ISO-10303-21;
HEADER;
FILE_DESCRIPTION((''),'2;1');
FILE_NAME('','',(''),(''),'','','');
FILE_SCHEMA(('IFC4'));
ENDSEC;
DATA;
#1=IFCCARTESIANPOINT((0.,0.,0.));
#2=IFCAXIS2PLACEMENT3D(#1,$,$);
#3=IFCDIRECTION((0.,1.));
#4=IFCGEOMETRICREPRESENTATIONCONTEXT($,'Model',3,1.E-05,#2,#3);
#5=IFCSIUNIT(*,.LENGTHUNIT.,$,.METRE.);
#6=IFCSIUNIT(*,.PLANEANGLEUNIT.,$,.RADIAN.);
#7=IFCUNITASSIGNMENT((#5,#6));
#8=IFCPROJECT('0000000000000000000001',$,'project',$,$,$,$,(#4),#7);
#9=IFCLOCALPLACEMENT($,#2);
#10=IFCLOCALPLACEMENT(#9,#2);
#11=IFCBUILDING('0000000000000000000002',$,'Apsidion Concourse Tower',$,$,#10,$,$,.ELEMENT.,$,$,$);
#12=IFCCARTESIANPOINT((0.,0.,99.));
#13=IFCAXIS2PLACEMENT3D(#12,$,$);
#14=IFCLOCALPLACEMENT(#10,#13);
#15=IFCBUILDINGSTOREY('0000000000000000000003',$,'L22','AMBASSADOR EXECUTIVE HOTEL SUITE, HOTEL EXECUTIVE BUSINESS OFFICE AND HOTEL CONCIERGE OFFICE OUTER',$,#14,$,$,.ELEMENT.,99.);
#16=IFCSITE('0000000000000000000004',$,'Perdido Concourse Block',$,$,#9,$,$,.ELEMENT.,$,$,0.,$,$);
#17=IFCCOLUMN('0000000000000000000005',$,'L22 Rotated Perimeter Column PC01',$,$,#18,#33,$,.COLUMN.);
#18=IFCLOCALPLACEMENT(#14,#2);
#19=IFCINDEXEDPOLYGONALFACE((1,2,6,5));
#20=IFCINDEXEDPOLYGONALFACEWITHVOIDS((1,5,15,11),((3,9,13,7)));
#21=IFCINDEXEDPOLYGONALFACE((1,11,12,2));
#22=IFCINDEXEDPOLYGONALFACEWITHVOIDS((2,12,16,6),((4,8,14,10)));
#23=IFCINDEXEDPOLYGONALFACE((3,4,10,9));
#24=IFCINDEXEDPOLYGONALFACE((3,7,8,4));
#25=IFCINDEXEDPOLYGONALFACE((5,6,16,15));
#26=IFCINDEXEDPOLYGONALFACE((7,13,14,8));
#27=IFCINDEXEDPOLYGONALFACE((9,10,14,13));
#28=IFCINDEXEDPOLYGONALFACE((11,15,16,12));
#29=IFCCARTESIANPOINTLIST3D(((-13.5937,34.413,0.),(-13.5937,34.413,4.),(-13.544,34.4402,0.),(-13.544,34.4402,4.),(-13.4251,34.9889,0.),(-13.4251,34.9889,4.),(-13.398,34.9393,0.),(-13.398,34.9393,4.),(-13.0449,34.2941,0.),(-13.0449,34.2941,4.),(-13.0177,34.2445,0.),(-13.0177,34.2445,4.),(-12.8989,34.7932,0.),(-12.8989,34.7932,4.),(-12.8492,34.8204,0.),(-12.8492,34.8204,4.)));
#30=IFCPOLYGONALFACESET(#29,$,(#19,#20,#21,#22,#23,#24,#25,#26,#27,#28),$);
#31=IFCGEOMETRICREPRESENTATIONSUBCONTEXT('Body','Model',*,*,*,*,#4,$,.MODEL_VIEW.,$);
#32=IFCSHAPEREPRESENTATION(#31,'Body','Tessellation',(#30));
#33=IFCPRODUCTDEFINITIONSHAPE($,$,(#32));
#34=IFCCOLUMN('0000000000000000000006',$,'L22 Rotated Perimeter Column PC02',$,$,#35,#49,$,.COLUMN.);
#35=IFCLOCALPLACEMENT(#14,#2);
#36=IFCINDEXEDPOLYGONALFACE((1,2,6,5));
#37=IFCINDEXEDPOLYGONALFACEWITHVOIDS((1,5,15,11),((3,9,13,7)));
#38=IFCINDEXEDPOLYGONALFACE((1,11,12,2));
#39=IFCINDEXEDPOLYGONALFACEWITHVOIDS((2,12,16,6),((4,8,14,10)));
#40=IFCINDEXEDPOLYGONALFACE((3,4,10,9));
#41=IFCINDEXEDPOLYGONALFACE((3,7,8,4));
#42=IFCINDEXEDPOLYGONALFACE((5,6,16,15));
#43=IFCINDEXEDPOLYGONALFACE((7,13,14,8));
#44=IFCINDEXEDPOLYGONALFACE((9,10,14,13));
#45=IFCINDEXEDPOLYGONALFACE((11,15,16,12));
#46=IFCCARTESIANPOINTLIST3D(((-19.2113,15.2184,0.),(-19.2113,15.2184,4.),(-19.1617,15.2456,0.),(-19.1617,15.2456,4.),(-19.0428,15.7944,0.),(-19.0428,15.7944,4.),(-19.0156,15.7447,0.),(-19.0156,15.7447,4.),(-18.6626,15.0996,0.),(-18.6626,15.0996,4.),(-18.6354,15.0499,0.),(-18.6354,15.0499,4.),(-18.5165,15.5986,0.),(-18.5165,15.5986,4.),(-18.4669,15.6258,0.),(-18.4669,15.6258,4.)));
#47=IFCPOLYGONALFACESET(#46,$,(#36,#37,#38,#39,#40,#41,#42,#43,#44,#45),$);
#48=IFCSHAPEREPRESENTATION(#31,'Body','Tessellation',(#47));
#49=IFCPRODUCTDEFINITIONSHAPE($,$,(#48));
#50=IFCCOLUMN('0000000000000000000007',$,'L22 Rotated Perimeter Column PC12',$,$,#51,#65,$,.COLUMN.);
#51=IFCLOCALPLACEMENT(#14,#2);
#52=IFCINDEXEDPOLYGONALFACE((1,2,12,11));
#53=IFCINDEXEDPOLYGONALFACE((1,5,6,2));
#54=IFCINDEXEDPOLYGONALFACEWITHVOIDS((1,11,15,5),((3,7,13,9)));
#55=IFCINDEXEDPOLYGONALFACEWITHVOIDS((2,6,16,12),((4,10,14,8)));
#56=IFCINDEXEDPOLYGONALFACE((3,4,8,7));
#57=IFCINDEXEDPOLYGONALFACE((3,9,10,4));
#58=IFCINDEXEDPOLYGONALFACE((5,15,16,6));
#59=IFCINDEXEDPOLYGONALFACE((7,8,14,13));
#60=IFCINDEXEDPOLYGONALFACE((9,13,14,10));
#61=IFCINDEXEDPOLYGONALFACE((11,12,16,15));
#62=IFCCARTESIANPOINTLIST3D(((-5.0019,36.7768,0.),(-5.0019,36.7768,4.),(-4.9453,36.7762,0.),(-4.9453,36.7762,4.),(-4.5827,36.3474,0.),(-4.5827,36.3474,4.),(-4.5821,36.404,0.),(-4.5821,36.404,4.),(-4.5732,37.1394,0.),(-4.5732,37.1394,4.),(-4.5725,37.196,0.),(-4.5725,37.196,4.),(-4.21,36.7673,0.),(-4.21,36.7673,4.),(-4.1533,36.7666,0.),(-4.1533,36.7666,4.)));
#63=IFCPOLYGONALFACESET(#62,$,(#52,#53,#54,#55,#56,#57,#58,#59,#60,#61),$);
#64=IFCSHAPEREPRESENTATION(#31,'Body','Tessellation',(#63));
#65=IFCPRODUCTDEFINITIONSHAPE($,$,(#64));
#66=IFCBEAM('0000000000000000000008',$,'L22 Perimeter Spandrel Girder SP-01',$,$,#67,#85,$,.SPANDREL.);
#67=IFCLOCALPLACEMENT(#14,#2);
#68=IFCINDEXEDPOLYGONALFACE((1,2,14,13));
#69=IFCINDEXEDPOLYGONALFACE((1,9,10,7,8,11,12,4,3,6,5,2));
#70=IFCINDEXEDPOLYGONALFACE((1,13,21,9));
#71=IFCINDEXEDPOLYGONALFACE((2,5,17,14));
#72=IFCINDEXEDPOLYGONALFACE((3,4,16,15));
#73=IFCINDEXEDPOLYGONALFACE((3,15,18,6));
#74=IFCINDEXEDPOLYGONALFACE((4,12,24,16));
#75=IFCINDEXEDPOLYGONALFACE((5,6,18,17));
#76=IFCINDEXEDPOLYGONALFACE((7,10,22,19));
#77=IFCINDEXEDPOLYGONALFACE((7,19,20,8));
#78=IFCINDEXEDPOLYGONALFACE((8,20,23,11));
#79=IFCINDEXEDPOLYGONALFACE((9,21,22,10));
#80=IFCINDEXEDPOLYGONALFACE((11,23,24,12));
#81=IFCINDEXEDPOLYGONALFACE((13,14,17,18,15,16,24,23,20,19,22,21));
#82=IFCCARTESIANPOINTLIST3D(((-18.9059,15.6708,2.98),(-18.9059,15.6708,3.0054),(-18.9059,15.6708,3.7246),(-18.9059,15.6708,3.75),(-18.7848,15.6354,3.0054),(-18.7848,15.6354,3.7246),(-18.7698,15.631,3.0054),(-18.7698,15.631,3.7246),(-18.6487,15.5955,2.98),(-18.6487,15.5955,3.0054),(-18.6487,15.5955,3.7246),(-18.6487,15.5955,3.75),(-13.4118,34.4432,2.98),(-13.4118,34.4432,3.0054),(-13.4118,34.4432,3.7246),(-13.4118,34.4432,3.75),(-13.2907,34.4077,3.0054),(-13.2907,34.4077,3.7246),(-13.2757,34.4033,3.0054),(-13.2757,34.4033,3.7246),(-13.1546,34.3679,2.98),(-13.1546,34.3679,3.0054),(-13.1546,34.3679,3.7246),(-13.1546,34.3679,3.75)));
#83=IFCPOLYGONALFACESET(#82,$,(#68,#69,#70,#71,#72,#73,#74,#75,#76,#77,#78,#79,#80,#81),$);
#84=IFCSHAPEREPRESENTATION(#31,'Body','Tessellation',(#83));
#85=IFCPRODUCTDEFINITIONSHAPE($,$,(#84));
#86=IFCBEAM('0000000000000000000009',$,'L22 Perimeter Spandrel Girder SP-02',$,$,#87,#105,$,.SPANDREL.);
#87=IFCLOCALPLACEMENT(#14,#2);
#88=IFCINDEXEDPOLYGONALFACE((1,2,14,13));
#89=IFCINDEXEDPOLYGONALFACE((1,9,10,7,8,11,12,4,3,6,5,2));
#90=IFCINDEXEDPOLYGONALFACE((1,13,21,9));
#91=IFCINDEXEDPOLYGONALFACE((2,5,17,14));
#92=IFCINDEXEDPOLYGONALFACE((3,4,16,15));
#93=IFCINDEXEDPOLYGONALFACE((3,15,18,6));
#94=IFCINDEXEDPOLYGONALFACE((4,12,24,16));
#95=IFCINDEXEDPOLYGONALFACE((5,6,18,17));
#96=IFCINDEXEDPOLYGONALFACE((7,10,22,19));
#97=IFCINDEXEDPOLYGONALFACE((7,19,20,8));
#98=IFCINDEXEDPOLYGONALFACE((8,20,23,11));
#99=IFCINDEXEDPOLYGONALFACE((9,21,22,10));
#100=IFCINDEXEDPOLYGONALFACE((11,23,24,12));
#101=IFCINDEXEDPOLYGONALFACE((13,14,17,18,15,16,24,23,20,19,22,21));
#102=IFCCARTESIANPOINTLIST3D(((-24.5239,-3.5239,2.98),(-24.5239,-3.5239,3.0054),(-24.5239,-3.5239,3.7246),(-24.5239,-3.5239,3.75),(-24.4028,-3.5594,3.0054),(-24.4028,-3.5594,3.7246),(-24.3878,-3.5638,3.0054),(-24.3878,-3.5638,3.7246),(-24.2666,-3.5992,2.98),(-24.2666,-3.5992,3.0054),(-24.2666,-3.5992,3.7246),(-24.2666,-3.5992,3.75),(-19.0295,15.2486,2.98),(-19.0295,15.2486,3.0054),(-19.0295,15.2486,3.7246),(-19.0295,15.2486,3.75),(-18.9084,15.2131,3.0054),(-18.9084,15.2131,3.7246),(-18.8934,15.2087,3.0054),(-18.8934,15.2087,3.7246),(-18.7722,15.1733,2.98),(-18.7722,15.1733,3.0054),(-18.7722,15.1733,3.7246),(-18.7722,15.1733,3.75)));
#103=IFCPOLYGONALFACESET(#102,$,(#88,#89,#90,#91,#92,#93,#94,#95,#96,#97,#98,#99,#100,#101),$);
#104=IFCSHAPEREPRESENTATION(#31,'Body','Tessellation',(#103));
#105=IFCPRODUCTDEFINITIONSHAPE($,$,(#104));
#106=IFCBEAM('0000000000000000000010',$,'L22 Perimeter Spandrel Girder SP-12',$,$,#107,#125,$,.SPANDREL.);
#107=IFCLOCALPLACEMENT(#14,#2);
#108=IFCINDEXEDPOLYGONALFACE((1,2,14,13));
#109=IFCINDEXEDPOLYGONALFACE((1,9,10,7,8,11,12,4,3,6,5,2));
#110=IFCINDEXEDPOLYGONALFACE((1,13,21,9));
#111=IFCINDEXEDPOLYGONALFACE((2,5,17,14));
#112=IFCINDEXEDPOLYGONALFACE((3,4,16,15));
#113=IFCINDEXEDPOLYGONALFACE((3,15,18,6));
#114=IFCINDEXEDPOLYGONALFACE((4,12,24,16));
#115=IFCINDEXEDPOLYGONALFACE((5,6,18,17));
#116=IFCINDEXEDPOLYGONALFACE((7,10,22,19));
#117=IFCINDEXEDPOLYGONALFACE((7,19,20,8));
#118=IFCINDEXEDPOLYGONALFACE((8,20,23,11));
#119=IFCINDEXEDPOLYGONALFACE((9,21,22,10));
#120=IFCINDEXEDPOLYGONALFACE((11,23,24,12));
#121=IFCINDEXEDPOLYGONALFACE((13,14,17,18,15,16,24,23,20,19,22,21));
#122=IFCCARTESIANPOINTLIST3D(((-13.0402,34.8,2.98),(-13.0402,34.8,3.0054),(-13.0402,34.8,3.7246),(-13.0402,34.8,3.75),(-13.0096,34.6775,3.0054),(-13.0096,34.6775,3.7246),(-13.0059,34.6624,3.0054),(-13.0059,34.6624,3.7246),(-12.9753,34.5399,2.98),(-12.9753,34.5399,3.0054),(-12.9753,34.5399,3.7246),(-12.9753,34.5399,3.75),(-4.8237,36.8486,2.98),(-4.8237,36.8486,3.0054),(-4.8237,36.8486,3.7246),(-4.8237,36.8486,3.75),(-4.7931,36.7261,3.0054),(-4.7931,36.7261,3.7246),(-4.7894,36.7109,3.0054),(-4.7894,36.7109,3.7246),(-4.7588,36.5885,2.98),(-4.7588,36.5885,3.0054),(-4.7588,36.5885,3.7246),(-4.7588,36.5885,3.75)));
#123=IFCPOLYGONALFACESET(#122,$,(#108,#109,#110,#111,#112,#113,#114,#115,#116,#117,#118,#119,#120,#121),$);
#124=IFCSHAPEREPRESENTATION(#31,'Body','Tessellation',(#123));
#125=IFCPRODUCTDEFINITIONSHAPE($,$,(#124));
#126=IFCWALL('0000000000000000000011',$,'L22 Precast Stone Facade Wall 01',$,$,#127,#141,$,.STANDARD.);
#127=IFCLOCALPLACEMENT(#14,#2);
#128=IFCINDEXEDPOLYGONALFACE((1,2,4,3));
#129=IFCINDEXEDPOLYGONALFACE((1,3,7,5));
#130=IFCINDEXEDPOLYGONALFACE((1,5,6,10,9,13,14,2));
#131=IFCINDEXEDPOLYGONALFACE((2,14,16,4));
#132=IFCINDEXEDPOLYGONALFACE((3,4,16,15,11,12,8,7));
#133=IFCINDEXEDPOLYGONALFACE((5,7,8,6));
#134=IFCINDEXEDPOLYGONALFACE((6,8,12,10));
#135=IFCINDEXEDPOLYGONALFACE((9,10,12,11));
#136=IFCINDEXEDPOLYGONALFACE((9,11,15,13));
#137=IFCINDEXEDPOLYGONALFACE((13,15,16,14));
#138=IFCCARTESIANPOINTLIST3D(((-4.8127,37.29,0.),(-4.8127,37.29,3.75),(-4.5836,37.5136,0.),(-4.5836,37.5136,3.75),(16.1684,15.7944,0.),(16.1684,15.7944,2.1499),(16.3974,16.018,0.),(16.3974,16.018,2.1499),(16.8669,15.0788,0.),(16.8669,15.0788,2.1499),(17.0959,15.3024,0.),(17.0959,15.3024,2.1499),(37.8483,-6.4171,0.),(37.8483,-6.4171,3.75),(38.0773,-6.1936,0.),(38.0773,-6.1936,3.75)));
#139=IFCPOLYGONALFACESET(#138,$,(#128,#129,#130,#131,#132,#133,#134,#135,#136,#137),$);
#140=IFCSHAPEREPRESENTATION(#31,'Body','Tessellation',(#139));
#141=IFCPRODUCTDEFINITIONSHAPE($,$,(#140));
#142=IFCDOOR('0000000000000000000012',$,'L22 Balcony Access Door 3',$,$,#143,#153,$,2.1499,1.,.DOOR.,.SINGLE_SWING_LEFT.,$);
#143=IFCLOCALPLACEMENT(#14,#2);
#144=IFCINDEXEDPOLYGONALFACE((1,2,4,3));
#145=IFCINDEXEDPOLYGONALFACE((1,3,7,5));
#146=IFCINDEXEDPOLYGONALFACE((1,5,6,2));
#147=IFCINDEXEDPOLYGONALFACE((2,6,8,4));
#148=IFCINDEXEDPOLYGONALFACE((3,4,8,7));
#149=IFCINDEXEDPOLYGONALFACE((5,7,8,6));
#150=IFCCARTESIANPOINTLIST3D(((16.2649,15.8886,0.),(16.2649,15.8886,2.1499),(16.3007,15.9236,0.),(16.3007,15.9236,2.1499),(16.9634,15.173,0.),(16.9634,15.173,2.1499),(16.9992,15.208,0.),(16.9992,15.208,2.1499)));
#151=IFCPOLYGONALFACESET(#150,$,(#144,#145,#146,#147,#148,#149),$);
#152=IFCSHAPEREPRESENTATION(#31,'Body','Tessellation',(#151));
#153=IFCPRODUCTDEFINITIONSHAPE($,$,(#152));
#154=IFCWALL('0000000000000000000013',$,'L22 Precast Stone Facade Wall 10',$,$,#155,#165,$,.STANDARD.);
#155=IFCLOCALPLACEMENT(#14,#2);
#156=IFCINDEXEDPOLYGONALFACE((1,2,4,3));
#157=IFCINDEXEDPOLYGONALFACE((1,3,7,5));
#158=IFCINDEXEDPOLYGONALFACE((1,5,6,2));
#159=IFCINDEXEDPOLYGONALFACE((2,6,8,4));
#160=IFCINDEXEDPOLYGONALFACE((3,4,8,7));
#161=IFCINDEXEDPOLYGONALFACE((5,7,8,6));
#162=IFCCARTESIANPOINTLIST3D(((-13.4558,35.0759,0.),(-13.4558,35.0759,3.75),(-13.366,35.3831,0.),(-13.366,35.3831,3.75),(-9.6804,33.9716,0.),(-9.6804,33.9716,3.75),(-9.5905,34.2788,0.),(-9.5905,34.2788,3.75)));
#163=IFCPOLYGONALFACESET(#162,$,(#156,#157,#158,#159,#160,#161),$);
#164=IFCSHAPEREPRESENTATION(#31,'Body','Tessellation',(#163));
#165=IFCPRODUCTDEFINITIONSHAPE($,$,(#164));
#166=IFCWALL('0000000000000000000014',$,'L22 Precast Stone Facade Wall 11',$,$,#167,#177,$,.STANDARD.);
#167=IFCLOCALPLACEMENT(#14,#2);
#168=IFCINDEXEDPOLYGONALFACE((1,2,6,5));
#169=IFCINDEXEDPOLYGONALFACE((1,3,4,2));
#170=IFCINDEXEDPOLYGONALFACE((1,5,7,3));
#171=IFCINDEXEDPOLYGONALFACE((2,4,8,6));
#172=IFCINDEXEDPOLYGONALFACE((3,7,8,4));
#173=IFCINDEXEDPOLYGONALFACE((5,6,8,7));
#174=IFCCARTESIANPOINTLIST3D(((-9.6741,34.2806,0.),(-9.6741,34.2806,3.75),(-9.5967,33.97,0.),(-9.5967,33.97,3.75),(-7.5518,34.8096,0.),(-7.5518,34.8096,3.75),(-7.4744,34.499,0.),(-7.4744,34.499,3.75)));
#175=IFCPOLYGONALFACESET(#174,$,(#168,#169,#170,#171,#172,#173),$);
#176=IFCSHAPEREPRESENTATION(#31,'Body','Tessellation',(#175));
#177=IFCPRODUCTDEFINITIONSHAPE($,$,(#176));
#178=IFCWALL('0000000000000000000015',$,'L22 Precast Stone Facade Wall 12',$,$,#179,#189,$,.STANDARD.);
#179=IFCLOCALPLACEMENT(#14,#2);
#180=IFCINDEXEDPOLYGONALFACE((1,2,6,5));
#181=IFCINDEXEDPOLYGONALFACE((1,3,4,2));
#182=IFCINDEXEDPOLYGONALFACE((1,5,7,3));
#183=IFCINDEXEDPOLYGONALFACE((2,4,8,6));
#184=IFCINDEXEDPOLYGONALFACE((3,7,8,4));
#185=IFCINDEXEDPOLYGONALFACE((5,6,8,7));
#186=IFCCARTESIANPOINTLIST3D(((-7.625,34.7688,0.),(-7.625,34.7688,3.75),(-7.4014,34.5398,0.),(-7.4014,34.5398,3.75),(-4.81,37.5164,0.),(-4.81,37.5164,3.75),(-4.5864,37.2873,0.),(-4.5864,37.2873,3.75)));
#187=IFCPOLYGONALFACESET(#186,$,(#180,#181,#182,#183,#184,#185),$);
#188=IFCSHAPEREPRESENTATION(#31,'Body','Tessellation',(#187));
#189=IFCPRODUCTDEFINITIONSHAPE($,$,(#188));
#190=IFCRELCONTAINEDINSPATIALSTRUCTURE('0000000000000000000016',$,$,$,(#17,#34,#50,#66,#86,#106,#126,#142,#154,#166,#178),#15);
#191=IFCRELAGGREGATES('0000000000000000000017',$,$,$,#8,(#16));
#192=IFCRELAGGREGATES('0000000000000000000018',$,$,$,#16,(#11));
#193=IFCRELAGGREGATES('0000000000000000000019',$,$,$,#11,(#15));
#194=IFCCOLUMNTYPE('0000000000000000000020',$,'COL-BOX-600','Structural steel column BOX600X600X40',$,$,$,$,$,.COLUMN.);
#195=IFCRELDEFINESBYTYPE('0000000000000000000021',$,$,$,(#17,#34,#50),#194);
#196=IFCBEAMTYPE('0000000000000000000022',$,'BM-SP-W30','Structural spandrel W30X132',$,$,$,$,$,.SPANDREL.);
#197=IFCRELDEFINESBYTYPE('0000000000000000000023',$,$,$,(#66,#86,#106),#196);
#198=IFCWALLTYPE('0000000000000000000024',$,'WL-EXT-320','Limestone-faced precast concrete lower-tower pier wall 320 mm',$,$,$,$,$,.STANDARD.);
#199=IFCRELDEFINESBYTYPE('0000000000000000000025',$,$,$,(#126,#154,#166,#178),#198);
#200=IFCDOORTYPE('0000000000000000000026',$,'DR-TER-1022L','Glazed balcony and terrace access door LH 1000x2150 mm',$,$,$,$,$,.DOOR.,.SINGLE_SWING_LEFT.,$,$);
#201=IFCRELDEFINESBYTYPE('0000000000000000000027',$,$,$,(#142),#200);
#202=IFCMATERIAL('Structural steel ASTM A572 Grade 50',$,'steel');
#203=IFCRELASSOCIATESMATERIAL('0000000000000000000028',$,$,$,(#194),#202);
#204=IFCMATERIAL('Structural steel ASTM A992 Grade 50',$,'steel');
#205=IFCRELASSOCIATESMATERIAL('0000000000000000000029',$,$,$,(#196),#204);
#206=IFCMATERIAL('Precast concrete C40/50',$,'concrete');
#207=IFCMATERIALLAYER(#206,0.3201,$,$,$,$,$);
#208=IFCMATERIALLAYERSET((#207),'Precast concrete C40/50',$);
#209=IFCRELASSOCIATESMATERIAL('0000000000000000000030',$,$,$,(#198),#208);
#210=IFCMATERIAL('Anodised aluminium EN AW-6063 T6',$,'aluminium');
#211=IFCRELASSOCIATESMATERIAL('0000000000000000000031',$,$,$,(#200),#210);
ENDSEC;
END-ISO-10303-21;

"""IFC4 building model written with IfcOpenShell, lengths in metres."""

from ifc_helpers import new_model, si_unit, direction, frame, frame_2d, origin, origin_2d, place, context, subcontext, project, spatial, rectangle, hollow_rectangle, i_section, extrude, material, layer, layer_set, material_profile, profile_set, type_object, element, fill, save


model = new_model("IFC4")

# Units and contexts
model_context = context("Model", 3, precision=1e-05, world=origin(), true_north=direction((0.0, 1.0)))
body_context = subcontext(model_context, "Body", "Model", "MODEL_VIEW")
ifc_project = project(units=[si_unit("LENGTHUNIT", "METRE"), si_unit("PLANEANGLEUNIT", "RADIAN")], contexts=[model_context])

# Site, building, storey
site_placement = place(None, origin())
site = spatial("IfcSite", under=ifc_project, at=site_placement, Name="Perdido Concourse Block", CompositionType="ELEMENT", RefElevation=0.0)
building_placement = place(site_placement, origin())
building = spatial("IfcBuilding", under=site, at=building_placement, Name="Apsidion Concourse Tower", CompositionType="ELEMENT")
storey_placement = place(building_placement, frame((0.0, 0.0, 99.0)))
storey = spatial("IfcBuildingStorey", under=building, at=storey_placement, Name="L22", Description="AMBASSADOR EXECUTIVE HOTEL SUITE, HOTEL EXECUTIVE BUSINESS OFFICE AND HOTEL CONCIERGE OFFICE OUTER", CompositionType="ELEMENT", Elevation=99.0)

# Columns
ifc_material_1 = material(Name="Structural steel ASTM A572 Grade 50", Category="steel")
ifc_material_profile_1 = material_profile(ifc_material_1, hollow_rectangle(XDim=0.6001, YDim=0.6001, WallThickness=0.04, at=origin_2d()), Name="BOX600X600X40")
ifc_profile_set_1 = profile_set([ifc_material_profile_1], Name="Structural steel ASTM A572 Grade 50")
column_type = type_object("IfcColumnType", Name="COL-BOX-600", Description="Structural steel column BOX600X600X40", PredefinedType="COLUMN", material=ifc_profile_set_1)
for number, where, z_axis, x_axis, name in (
    (1, (-13.2214, 34.6167, 0.0), (0.0, 0.0, 1.0), (0.280834, 0.959756, 0.0), "L22 Rotated Perimeter Column PC01"),
    (2, (-18.8391, 15.4221, 0.0), (0.0, 0.0, 1.0), (0.280834, 0.959756, 0.0), "L22 Rotated Perimeter Column PC02"),
    (3, (-4.5776, 36.7717, 0.0), (0.0, 0.0, 1.0), (-0.69854, 0.715571, 0.0), "L22 Rotated Perimeter Column PC12"),
):
    element("IfcColumn", number, at=place(storey_placement, frame(where, z_axis=z_axis, x_axis=x_axis)), inside=storey, type_object=column_type, Name=name, PredefinedType="COLUMN", context=body_context, shape_type="SweptSolid", body=[
        extrude(hollow_rectangle(XDim=0.6001, YDim=0.6001, WallThickness=0.04, at=origin_2d()), origin(), (0.0, 0.0, 1.0), 4.0),
    ])

# Beams
ifc_material_2 = material(Name="Structural steel ASTM A992 Grade 50", Category="steel")
ifc_material_profile_2 = material_profile(ifc_material_2, i_section(OverallWidth=0.2681, OverallDepth=0.77, WebThickness=0.0156, FlangeThickness=0.0254, at=origin_2d()), Name="W30X132")
ifc_profile_set_2 = profile_set([ifc_material_profile_2], Name="Structural steel ASTM A992 Grade 50")
beam_type = type_object("IfcBeamType", Name="BM-SP-W30", Description="Structural spandrel W30X132", PredefinedType="SPANDREL", material=ifc_profile_set_2)
beam_1_placement = place(storey_placement, frame((-13.2832, 34.4055, 3.365), z_axis=(-0.280888, -0.959741, 0.0), x_axis=(0.959741, -0.280888, 0.0)))
element("IfcBeam", 4, at=beam_1_placement, inside=storey, type_object=beam_type, Name="L22 Perimeter Spandrel Girder SP-01", PredefinedType="SPANDREL", context=body_context, shape_type="SweptSolid", body=[
    extrude(i_section(OverallWidth=0.2681, OverallDepth=0.77, WebThickness=0.0156, FlangeThickness=0.0254, at=origin_2d()), origin(), (0.0, 0.0, 1.0), 19.5598),
])
beam_2_placement = place(storey_placement, frame((-18.9009, 15.2109, 3.365), z_axis=(-0.280899, -0.959737, 0.0), x_axis=(0.959737, -0.280899, 0.0)))
element("IfcBeam", 5, at=beam_2_placement, inside=storey, type_object=beam_type, Name="L22 Perimeter Spandrel Girder SP-02", PredefinedType="SPANDREL", context=body_context, shape_type="SweptSolid", body=[
    extrude(i_section(OverallWidth=0.2681, OverallDepth=0.77, WebThickness=0.0156, FlangeThickness=0.0254, at=origin_2d()), origin(), (0.0, 0.0, 1.0), 19.5601),
])
beam_3_placement = place(storey_placement, frame((-4.7913, 36.7185, 3.365), z_axis=(-0.970297, -0.241918, 0.0), x_axis=(0.241918, -0.970297, 0.0)))
element("IfcBeam", 6, at=beam_3_placement, inside=storey, type_object=beam_type, Name="L22 Perimeter Spandrel Girder SP-12", PredefinedType="SPANDREL", context=body_context, shape_type="SweptSolid", body=[
    extrude(i_section(OverallWidth=0.2681, OverallDepth=0.77, WebThickness=0.0156, FlangeThickness=0.0254, at=origin_2d()), origin(), (0.0, 0.0, 1.0), 8.468),
])

# Wall, opening, door
ifc_material_3 = material(Name="Precast concrete C40/50", Category="concrete")
ifc_layer_1 = layer(ifc_material_3, 0.3201)
ifc_layer_set_1 = layer_set([ifc_layer_1], Name="Precast concrete C40/50")
wall_type_1 = type_object("IfcWallType", Name="WL-EXT-320", Description="Limestone-faced precast concrete lower-tower pier wall 320 mm", PredefinedType="STANDARD", material=ifc_layer_set_1)
wall_1_placement = place(storey_placement, frame((-4.6982, 37.4019, 0.0), z_axis=(0.0, 0.0, 1.0), x_axis=(0.698491, -0.715619, 0.0)))
wall_1 = element("IfcWall", 7, at=wall_1_placement, inside=storey, type_object=wall_type_1, Name="L22 Precast Stone Facade Wall 01", PredefinedType="STANDARD", context=body_context, shape_type="SweptSolid", body=[
    extrude(rectangle(XDim=61.0759, YDim=0.3201, at=frame_2d((30.5381, 0.0))), origin(), (0.0, 0.0, 1.0), 3.75),
])
opening_1_placement = place(wall_1_placement, frame((30.0378, 0.0, 0.0)))
opening_1 = element("IfcOpeningElement", 8, at=opening_1_placement, cuts=wall_1, PredefinedType="OPENING", context=body_context, shape_type="SweptSolid", body=[
    extrude(rectangle(XDim=1.0, YDim=2.1499, at=frame_2d((0.5, 1.075))), frame((0.0, 0.1699, 0.0), z_axis=(0.0, -1.0, 0.0), x_axis=(1.0, 0.0, 0.0)), (0.0, 0.0, 1.0), 0.3401),
])
ifc_material_4 = material(Name="Anodised aluminium EN AW-6063 T6", Category="aluminium")
door_type_1 = type_object("IfcDoorType", Name="DR-TER-1022L", Description="Glazed balcony and terrace access door LH 1000x2150 mm", OperationType="SINGLE_SWING_LEFT", PredefinedType="DOOR", material=ifc_material_4)
door_1_placement = place(opening_1_placement, origin())
door_1 = element("IfcDoor", 9, at=door_1_placement, inside=storey, type_object=door_type_1, Name="L22 Balcony Access Door 3", OperationType="SINGLE_SWING_LEFT", OverallHeight=2.1499, OverallWidth=1.0, PredefinedType="DOOR", context=body_context, shape_type="SweptSolid", body=[
    extrude(rectangle(XDim=1.0, YDim=2.1499, at=frame_2d((0.5, 1.075))), frame((0.0, 0.0249, 0.0), z_axis=(0.0, -1.0, 0.0), x_axis=(1.0, 0.0, 0.0)), (0.0, 0.0, 1.0), 0.05),
])
fill(opening_1, door_1)

# Walls
wall_2_placement = place(storey_placement, frame((-13.4109, 35.2295, 0.0), z_axis=(0.0, 0.0, 1.0), x_axis=(0.959788, -0.280724, 0.0)))
element("IfcWall", 10, at=wall_2_placement, inside=storey, type_object=wall_type_1, Name="L22 Precast Stone Facade Wall 10", PredefinedType="STANDARD", context=body_context, shape_type="SweptSolid", body=[
    extrude(rectangle(XDim=3.9336, YDim=0.3201, at=frame_2d((1.9668, 0.0))), origin(), (0.0, 0.0, 1.0), 3.75),
])
wall_3_placement = place(storey_placement, frame((-9.6355, 34.1252, 0.0), z_axis=(0.0, 0.0, 1.0), x_axis=(0.970306, 0.241879, 0.0)))
element("IfcWall", 11, at=wall_3_placement, inside=storey, type_object=wall_type_1, Name="L22 Precast Stone Facade Wall 11", PredefinedType="STANDARD", context=body_context, shape_type="SweptSolid", body=[
    extrude(rectangle(XDim=2.1873, YDim=0.3201, at=frame_2d((1.0938, 0.0))), origin(), (0.0, 0.0, 1.0), 3.75),
])
wall_4_placement = place(storey_placement, frame((-7.5132, 34.6543, 0.0), z_axis=(0.0, 0.0, 1.0), x_axis=(0.71562, 0.69849, 0.0)))
element("IfcWall", 12, at=wall_4_placement, inside=storey, type_object=wall_type_1, Name="L22 Precast Stone Facade Wall 12", PredefinedType="STANDARD", context=body_context, shape_type="SweptSolid", body=[
    extrude(rectangle(XDim=3.9336, YDim=0.3201, at=frame_2d((1.9668, 0.0))), origin(), (0.0, 0.0, 1.0), 3.75),
])

save(model, "model.ifc")
